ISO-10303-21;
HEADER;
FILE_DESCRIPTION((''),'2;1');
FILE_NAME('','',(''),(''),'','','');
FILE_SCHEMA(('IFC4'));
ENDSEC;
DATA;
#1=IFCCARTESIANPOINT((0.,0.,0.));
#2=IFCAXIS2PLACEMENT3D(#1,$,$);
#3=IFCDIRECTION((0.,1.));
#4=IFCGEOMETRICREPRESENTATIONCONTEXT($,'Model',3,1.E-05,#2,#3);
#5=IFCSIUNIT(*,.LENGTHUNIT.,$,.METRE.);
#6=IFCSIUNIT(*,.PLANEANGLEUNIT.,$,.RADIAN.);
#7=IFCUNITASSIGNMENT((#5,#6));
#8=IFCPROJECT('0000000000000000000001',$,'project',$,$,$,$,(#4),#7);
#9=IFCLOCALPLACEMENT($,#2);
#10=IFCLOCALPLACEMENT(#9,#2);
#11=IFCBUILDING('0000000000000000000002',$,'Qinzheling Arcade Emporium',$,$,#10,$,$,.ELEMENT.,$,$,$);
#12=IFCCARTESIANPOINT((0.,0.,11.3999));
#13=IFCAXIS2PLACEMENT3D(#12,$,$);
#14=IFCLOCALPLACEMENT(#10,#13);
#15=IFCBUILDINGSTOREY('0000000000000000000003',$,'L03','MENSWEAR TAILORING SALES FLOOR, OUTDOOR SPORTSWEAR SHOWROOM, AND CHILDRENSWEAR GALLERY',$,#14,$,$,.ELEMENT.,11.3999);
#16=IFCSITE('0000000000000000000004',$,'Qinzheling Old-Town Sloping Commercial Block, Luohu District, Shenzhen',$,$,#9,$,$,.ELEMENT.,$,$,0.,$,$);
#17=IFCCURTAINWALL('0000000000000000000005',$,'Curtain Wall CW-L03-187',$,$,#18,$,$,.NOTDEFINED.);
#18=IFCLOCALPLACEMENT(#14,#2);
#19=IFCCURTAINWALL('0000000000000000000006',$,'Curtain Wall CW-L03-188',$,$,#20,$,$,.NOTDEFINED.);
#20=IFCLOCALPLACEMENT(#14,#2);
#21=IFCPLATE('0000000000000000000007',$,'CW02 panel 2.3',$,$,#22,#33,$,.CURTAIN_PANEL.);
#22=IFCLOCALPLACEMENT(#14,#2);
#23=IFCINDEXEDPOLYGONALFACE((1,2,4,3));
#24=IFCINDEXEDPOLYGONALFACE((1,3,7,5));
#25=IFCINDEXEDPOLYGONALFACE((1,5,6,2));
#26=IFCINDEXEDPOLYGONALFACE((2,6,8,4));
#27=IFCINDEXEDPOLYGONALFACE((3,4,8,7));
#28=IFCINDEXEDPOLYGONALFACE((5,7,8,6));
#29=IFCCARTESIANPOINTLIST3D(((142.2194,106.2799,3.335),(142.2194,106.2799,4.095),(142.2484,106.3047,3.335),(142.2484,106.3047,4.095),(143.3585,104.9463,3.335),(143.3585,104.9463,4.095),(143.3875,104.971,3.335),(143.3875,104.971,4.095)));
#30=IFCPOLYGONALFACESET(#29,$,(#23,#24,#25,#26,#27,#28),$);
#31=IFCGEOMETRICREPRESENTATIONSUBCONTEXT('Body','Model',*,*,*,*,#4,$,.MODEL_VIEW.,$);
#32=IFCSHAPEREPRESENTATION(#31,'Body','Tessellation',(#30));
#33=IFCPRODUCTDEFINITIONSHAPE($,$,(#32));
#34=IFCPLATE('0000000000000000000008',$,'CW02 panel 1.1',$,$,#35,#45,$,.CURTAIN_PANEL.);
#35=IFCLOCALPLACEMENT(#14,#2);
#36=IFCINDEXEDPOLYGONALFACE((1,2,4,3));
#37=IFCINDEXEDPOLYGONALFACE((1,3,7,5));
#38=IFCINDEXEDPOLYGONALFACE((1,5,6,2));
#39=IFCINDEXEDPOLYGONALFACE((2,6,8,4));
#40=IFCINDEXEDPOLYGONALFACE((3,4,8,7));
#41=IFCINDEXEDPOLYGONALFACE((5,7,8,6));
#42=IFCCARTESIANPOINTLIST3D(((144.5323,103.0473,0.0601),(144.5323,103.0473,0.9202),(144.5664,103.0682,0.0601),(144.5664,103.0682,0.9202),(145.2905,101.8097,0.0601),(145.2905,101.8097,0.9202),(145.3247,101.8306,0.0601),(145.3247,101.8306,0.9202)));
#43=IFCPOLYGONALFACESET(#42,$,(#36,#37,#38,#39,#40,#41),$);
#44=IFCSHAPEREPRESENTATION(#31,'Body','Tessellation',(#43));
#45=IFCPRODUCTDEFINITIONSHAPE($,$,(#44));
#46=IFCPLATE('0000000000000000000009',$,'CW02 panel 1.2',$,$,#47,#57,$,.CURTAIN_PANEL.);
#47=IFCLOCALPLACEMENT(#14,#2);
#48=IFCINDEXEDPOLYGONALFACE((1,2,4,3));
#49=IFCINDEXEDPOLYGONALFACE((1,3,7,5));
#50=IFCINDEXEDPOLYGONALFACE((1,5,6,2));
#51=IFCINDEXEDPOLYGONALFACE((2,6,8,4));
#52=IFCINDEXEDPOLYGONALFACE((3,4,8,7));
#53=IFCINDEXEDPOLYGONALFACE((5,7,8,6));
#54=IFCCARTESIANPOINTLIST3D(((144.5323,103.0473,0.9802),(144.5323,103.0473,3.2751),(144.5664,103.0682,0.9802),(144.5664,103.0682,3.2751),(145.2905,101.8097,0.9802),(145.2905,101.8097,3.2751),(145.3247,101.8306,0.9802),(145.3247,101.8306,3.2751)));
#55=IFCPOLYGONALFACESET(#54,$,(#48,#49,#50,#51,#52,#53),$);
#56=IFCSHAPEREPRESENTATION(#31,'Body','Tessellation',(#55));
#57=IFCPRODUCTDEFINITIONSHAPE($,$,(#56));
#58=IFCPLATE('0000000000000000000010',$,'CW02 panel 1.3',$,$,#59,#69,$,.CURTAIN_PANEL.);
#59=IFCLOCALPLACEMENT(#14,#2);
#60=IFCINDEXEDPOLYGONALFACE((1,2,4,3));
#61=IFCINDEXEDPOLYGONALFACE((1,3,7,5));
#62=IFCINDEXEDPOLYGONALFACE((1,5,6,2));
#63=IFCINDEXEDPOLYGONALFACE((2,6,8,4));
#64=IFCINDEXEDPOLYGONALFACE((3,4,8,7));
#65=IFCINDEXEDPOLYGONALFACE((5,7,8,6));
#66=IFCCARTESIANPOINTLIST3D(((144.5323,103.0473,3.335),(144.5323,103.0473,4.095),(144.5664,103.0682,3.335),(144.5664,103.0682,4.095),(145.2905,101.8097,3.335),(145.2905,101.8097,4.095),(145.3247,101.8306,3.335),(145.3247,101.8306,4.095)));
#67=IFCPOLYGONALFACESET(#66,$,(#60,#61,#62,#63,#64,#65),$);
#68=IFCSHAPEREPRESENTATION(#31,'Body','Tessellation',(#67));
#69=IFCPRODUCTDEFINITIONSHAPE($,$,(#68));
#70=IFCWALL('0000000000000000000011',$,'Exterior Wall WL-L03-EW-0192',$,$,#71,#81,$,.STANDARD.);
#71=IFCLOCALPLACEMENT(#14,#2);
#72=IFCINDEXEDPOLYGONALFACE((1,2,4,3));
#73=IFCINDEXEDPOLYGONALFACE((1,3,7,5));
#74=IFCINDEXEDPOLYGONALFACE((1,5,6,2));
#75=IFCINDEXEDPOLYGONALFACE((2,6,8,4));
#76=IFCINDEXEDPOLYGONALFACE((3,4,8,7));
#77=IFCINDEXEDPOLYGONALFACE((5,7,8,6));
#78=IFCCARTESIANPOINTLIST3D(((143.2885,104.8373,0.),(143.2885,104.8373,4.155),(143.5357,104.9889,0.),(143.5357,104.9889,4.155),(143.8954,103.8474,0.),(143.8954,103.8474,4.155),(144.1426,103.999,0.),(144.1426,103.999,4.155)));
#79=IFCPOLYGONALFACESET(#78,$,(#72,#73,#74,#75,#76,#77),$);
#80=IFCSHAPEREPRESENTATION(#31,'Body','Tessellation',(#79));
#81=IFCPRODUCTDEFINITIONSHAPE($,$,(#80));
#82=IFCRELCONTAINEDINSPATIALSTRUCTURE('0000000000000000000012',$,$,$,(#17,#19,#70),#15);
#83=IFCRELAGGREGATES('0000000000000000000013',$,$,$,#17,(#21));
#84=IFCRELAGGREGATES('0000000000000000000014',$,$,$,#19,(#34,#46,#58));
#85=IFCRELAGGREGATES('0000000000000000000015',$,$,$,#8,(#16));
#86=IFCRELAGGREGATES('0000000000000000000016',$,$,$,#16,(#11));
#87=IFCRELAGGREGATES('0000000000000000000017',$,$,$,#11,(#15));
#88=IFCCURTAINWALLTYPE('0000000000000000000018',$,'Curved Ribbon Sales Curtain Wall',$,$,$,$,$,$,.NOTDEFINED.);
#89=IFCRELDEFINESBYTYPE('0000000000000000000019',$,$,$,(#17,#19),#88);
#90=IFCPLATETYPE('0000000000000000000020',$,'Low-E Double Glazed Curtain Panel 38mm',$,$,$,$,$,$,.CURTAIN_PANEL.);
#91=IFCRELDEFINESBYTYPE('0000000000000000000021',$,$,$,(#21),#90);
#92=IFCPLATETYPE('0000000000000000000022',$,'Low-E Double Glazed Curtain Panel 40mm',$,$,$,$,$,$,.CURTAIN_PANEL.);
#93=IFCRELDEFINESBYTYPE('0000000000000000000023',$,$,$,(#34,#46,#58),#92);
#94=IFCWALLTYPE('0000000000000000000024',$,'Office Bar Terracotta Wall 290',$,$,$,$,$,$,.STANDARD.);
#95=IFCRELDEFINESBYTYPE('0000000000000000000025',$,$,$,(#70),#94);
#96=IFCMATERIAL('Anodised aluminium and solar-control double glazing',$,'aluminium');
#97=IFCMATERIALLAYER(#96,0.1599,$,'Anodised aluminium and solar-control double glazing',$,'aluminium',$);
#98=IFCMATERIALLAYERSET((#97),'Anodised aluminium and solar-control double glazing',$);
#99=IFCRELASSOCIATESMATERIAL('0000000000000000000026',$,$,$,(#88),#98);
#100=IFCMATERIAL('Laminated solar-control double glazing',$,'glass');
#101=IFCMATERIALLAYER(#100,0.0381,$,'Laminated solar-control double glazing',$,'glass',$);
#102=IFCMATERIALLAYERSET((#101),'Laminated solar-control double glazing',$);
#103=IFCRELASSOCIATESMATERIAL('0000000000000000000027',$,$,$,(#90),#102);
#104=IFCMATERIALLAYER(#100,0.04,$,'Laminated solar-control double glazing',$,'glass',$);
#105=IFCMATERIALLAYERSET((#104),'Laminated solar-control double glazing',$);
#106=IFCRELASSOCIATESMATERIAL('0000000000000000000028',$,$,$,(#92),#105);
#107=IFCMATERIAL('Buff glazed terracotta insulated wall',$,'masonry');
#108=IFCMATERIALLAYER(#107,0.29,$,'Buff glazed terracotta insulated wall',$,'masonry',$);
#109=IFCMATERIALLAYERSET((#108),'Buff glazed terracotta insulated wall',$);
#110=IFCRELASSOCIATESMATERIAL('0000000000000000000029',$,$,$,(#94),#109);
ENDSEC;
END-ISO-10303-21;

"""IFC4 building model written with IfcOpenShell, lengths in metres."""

from ifc_helpers import new_model, si_unit, direction, frame, frame_2d, origin, origin_2d, place, context, subcontext, project, spatial, rectangle, extrude, material, layer, layer_set, type_object, element, aggregate, save


model = new_model("IFC4")

# Units and contexts
model_context = context("Model", 3, precision=1e-05, world=origin(), true_north=direction((0.0, 1.0)))
body_context = subcontext(model_context, "Body", "Model", "MODEL_VIEW")
ifc_project = project(units=[si_unit("LENGTHUNIT", "METRE"), si_unit("PLANEANGLEUNIT", "RADIAN")], contexts=[model_context])

# Site, building, storey
site_placement = place(None, origin())
site = spatial("IfcSite", under=ifc_project, at=site_placement, Name="Qinzheling Old-Town Sloping Commercial Block, Luohu District, Shenzhen", CompositionType="ELEMENT", RefElevation=0.0)
building_placement = place(site_placement, origin())
building = spatial("IfcBuilding", under=site, at=building_placement, Name="Qinzheling Arcade Emporium", CompositionType="ELEMENT")
storey_placement = place(building_placement, frame((0.0, 0.0, 11.3999)))
storey = spatial("IfcBuildingStorey", under=building, at=storey_placement, Name="L03", Description="MENSWEAR TAILORING SALES FLOOR, OUTDOOR SPORTSWEAR SHOWROOM, AND CHILDRENSWEAR GALLERY", CompositionType="ELEMENT", Elevation=11.3999)

# Curtain walls
ifc_material_1 = material(Name="Anodised aluminium and solar-control double glazing", Category="aluminium")
ifc_layer_1 = layer(ifc_material_1, 0.1599, Name="Anodised aluminium and solar-control double glazing", Category="aluminium")
ifc_layer_set_1 = layer_set([ifc_layer_1], Name="Anodised aluminium and solar-control double glazing")
curtain_wall_type = type_object("IfcCurtainWallType", Name="Curved Ribbon Sales Curtain Wall", PredefinedType="NOTDEFINED", material=ifc_layer_set_1)
curtain_wall_1_placement = place(storey_placement, origin())
curtain_wall_1 = element("IfcCurtainWall", 1, at=curtain_wall_1_placement, inside=storey, type_object=curtain_wall_type, Name="Curtain Wall CW-L03-187", PredefinedType="NOTDEFINED")
curtain_wall_2_placement = place(storey_placement, origin())
curtain_wall_2 = element("IfcCurtainWall", 2, at=curtain_wall_2_placement, inside=storey, type_object=curtain_wall_type, Name="Curtain Wall CW-L03-188", PredefinedType="NOTDEFINED")

# Plates
ifc_material_2 = material(Name="Laminated solar-control double glazing", Category="glass")
ifc_layer_2 = layer(ifc_material_2, 0.0381, Name="Laminated solar-control double glazing", Category="glass")
ifc_layer_set_2 = layer_set([ifc_layer_2], Name="Laminated solar-control double glazing")
plate_type_1 = type_object("IfcPlateType", Name="Low-E Double Glazed Curtain Panel 38mm", PredefinedType="CURTAIN_PANEL", material=ifc_layer_set_2)
plate_1_placement = place(storey_placement, frame((142.8035, 105.6255, 3.335), z_axis=(0.0, 0.0, 1.0), x_axis=(0.649473, -0.760385, 0.0)))
plate_1 = element("IfcPlate", 3, at=plate_1_placement, type_object=plate_type_1, Name="CW02 panel 2.3", PredefinedType="CURTAIN_PANEL", context=body_context, shape_type="SweptSolid", body=[
    extrude(rectangle(XDim=1.7539, YDim=0.0381, at=origin_2d()), origin(), (0.0, 0.0, 1.0), 0.76),
])
aggregate(curtain_wall_1, [plate_1])
ifc_layer_3 = layer(ifc_material_2, 0.04, Name="Laminated solar-control double glazing", Category="glass")
ifc_layer_set_3 = layer_set([ifc_layer_3], Name="Laminated solar-control double glazing")
plate_type_2 = type_object("IfcPlateType", Name="Low-E Double Glazed Curtain Panel 40mm", PredefinedType="CURTAIN_PANEL", material=ifc_layer_set_3)
plate_2_placement = place(storey_placement, frame((144.9285, 102.439, 0.0601), z_axis=(0.0, 0.0, 1.0), x_axis=(0.522428, -0.852684, 0.0)))
plate_2 = element("IfcPlate", 4, at=plate_2_placement, type_object=plate_type_2, Name="CW02 panel 1.1", PredefinedType="CURTAIN_PANEL", context=body_context, shape_type="SweptSolid", body=[
    extrude(rectangle(XDim=1.4514, YDim=0.04, at=origin_2d()), origin(), (0.0, 0.0, 1.0), 0.8601),
])
plate_3_placement = place(storey_placement, frame((144.9285, 102.439, 0.9802), z_axis=(0.0, 0.0, 1.0), x_axis=(0.522428, -0.852684, 0.0)))
plate_3 = element("IfcPlate", 5, at=plate_3_placement, type_object=plate_type_2, Name="CW02 panel 1.2", PredefinedType="CURTAIN_PANEL", context=body_context, shape_type="SweptSolid", body=[
    extrude(rectangle(XDim=1.4514, YDim=0.04, at=origin_2d()), origin(), (0.0, 0.0, 1.0), 2.2949),
])
plate_4_placement = place(storey_placement, frame((144.9285, 102.439, 3.335), z_axis=(0.0, 0.0, 1.0), x_axis=(0.522428, -0.852684, 0.0)))
plate_4 = element("IfcPlate", 6, at=plate_4_placement, type_object=plate_type_2, Name="CW02 panel 1.3", PredefinedType="CURTAIN_PANEL", context=body_context, shape_type="SweptSolid", body=[
    extrude(rectangle(XDim=1.4514, YDim=0.04, at=origin_2d()), origin(), (0.0, 0.0, 1.0), 0.76),
])
aggregate(curtain_wall_2, [plate_2, plate_3, plate_4])

# Wall
ifc_material_3 = material(Name="Buff glazed terracotta insulated wall", Category="masonry")
ifc_layer_4 = layer(ifc_material_3, 0.29, Name="Buff glazed terracotta insulated wall", Category="masonry")
ifc_layer_set_4 = layer_set([ifc_layer_4], Name="Buff glazed terracotta insulated wall")
wall_type = type_object("IfcWallType", Name="Office Bar Terracotta Wall 290", PredefinedType="STANDARD", material=ifc_layer_set_4)
wall_placement = place(storey_placement, frame((143.4121, 104.9131, 0.0), z_axis=(0.0, 0.0, 1.0), x_axis=(0.522666, -0.852538, 0.0)))
element("IfcWall", 7, at=wall_placement, inside=storey, type_object=wall_type, Name="Exterior Wall WL-L03-EW-0192", PredefinedType="STANDARD", context=body_context, shape_type="SweptSolid", body=[
    extrude(rectangle(XDim=1.1611, YDim=0.29, at=frame_2d((0.5806, 0.0))), origin(), (0.0, 0.0, 1.0), 4.155),
])

save(model, "model.ifc")
